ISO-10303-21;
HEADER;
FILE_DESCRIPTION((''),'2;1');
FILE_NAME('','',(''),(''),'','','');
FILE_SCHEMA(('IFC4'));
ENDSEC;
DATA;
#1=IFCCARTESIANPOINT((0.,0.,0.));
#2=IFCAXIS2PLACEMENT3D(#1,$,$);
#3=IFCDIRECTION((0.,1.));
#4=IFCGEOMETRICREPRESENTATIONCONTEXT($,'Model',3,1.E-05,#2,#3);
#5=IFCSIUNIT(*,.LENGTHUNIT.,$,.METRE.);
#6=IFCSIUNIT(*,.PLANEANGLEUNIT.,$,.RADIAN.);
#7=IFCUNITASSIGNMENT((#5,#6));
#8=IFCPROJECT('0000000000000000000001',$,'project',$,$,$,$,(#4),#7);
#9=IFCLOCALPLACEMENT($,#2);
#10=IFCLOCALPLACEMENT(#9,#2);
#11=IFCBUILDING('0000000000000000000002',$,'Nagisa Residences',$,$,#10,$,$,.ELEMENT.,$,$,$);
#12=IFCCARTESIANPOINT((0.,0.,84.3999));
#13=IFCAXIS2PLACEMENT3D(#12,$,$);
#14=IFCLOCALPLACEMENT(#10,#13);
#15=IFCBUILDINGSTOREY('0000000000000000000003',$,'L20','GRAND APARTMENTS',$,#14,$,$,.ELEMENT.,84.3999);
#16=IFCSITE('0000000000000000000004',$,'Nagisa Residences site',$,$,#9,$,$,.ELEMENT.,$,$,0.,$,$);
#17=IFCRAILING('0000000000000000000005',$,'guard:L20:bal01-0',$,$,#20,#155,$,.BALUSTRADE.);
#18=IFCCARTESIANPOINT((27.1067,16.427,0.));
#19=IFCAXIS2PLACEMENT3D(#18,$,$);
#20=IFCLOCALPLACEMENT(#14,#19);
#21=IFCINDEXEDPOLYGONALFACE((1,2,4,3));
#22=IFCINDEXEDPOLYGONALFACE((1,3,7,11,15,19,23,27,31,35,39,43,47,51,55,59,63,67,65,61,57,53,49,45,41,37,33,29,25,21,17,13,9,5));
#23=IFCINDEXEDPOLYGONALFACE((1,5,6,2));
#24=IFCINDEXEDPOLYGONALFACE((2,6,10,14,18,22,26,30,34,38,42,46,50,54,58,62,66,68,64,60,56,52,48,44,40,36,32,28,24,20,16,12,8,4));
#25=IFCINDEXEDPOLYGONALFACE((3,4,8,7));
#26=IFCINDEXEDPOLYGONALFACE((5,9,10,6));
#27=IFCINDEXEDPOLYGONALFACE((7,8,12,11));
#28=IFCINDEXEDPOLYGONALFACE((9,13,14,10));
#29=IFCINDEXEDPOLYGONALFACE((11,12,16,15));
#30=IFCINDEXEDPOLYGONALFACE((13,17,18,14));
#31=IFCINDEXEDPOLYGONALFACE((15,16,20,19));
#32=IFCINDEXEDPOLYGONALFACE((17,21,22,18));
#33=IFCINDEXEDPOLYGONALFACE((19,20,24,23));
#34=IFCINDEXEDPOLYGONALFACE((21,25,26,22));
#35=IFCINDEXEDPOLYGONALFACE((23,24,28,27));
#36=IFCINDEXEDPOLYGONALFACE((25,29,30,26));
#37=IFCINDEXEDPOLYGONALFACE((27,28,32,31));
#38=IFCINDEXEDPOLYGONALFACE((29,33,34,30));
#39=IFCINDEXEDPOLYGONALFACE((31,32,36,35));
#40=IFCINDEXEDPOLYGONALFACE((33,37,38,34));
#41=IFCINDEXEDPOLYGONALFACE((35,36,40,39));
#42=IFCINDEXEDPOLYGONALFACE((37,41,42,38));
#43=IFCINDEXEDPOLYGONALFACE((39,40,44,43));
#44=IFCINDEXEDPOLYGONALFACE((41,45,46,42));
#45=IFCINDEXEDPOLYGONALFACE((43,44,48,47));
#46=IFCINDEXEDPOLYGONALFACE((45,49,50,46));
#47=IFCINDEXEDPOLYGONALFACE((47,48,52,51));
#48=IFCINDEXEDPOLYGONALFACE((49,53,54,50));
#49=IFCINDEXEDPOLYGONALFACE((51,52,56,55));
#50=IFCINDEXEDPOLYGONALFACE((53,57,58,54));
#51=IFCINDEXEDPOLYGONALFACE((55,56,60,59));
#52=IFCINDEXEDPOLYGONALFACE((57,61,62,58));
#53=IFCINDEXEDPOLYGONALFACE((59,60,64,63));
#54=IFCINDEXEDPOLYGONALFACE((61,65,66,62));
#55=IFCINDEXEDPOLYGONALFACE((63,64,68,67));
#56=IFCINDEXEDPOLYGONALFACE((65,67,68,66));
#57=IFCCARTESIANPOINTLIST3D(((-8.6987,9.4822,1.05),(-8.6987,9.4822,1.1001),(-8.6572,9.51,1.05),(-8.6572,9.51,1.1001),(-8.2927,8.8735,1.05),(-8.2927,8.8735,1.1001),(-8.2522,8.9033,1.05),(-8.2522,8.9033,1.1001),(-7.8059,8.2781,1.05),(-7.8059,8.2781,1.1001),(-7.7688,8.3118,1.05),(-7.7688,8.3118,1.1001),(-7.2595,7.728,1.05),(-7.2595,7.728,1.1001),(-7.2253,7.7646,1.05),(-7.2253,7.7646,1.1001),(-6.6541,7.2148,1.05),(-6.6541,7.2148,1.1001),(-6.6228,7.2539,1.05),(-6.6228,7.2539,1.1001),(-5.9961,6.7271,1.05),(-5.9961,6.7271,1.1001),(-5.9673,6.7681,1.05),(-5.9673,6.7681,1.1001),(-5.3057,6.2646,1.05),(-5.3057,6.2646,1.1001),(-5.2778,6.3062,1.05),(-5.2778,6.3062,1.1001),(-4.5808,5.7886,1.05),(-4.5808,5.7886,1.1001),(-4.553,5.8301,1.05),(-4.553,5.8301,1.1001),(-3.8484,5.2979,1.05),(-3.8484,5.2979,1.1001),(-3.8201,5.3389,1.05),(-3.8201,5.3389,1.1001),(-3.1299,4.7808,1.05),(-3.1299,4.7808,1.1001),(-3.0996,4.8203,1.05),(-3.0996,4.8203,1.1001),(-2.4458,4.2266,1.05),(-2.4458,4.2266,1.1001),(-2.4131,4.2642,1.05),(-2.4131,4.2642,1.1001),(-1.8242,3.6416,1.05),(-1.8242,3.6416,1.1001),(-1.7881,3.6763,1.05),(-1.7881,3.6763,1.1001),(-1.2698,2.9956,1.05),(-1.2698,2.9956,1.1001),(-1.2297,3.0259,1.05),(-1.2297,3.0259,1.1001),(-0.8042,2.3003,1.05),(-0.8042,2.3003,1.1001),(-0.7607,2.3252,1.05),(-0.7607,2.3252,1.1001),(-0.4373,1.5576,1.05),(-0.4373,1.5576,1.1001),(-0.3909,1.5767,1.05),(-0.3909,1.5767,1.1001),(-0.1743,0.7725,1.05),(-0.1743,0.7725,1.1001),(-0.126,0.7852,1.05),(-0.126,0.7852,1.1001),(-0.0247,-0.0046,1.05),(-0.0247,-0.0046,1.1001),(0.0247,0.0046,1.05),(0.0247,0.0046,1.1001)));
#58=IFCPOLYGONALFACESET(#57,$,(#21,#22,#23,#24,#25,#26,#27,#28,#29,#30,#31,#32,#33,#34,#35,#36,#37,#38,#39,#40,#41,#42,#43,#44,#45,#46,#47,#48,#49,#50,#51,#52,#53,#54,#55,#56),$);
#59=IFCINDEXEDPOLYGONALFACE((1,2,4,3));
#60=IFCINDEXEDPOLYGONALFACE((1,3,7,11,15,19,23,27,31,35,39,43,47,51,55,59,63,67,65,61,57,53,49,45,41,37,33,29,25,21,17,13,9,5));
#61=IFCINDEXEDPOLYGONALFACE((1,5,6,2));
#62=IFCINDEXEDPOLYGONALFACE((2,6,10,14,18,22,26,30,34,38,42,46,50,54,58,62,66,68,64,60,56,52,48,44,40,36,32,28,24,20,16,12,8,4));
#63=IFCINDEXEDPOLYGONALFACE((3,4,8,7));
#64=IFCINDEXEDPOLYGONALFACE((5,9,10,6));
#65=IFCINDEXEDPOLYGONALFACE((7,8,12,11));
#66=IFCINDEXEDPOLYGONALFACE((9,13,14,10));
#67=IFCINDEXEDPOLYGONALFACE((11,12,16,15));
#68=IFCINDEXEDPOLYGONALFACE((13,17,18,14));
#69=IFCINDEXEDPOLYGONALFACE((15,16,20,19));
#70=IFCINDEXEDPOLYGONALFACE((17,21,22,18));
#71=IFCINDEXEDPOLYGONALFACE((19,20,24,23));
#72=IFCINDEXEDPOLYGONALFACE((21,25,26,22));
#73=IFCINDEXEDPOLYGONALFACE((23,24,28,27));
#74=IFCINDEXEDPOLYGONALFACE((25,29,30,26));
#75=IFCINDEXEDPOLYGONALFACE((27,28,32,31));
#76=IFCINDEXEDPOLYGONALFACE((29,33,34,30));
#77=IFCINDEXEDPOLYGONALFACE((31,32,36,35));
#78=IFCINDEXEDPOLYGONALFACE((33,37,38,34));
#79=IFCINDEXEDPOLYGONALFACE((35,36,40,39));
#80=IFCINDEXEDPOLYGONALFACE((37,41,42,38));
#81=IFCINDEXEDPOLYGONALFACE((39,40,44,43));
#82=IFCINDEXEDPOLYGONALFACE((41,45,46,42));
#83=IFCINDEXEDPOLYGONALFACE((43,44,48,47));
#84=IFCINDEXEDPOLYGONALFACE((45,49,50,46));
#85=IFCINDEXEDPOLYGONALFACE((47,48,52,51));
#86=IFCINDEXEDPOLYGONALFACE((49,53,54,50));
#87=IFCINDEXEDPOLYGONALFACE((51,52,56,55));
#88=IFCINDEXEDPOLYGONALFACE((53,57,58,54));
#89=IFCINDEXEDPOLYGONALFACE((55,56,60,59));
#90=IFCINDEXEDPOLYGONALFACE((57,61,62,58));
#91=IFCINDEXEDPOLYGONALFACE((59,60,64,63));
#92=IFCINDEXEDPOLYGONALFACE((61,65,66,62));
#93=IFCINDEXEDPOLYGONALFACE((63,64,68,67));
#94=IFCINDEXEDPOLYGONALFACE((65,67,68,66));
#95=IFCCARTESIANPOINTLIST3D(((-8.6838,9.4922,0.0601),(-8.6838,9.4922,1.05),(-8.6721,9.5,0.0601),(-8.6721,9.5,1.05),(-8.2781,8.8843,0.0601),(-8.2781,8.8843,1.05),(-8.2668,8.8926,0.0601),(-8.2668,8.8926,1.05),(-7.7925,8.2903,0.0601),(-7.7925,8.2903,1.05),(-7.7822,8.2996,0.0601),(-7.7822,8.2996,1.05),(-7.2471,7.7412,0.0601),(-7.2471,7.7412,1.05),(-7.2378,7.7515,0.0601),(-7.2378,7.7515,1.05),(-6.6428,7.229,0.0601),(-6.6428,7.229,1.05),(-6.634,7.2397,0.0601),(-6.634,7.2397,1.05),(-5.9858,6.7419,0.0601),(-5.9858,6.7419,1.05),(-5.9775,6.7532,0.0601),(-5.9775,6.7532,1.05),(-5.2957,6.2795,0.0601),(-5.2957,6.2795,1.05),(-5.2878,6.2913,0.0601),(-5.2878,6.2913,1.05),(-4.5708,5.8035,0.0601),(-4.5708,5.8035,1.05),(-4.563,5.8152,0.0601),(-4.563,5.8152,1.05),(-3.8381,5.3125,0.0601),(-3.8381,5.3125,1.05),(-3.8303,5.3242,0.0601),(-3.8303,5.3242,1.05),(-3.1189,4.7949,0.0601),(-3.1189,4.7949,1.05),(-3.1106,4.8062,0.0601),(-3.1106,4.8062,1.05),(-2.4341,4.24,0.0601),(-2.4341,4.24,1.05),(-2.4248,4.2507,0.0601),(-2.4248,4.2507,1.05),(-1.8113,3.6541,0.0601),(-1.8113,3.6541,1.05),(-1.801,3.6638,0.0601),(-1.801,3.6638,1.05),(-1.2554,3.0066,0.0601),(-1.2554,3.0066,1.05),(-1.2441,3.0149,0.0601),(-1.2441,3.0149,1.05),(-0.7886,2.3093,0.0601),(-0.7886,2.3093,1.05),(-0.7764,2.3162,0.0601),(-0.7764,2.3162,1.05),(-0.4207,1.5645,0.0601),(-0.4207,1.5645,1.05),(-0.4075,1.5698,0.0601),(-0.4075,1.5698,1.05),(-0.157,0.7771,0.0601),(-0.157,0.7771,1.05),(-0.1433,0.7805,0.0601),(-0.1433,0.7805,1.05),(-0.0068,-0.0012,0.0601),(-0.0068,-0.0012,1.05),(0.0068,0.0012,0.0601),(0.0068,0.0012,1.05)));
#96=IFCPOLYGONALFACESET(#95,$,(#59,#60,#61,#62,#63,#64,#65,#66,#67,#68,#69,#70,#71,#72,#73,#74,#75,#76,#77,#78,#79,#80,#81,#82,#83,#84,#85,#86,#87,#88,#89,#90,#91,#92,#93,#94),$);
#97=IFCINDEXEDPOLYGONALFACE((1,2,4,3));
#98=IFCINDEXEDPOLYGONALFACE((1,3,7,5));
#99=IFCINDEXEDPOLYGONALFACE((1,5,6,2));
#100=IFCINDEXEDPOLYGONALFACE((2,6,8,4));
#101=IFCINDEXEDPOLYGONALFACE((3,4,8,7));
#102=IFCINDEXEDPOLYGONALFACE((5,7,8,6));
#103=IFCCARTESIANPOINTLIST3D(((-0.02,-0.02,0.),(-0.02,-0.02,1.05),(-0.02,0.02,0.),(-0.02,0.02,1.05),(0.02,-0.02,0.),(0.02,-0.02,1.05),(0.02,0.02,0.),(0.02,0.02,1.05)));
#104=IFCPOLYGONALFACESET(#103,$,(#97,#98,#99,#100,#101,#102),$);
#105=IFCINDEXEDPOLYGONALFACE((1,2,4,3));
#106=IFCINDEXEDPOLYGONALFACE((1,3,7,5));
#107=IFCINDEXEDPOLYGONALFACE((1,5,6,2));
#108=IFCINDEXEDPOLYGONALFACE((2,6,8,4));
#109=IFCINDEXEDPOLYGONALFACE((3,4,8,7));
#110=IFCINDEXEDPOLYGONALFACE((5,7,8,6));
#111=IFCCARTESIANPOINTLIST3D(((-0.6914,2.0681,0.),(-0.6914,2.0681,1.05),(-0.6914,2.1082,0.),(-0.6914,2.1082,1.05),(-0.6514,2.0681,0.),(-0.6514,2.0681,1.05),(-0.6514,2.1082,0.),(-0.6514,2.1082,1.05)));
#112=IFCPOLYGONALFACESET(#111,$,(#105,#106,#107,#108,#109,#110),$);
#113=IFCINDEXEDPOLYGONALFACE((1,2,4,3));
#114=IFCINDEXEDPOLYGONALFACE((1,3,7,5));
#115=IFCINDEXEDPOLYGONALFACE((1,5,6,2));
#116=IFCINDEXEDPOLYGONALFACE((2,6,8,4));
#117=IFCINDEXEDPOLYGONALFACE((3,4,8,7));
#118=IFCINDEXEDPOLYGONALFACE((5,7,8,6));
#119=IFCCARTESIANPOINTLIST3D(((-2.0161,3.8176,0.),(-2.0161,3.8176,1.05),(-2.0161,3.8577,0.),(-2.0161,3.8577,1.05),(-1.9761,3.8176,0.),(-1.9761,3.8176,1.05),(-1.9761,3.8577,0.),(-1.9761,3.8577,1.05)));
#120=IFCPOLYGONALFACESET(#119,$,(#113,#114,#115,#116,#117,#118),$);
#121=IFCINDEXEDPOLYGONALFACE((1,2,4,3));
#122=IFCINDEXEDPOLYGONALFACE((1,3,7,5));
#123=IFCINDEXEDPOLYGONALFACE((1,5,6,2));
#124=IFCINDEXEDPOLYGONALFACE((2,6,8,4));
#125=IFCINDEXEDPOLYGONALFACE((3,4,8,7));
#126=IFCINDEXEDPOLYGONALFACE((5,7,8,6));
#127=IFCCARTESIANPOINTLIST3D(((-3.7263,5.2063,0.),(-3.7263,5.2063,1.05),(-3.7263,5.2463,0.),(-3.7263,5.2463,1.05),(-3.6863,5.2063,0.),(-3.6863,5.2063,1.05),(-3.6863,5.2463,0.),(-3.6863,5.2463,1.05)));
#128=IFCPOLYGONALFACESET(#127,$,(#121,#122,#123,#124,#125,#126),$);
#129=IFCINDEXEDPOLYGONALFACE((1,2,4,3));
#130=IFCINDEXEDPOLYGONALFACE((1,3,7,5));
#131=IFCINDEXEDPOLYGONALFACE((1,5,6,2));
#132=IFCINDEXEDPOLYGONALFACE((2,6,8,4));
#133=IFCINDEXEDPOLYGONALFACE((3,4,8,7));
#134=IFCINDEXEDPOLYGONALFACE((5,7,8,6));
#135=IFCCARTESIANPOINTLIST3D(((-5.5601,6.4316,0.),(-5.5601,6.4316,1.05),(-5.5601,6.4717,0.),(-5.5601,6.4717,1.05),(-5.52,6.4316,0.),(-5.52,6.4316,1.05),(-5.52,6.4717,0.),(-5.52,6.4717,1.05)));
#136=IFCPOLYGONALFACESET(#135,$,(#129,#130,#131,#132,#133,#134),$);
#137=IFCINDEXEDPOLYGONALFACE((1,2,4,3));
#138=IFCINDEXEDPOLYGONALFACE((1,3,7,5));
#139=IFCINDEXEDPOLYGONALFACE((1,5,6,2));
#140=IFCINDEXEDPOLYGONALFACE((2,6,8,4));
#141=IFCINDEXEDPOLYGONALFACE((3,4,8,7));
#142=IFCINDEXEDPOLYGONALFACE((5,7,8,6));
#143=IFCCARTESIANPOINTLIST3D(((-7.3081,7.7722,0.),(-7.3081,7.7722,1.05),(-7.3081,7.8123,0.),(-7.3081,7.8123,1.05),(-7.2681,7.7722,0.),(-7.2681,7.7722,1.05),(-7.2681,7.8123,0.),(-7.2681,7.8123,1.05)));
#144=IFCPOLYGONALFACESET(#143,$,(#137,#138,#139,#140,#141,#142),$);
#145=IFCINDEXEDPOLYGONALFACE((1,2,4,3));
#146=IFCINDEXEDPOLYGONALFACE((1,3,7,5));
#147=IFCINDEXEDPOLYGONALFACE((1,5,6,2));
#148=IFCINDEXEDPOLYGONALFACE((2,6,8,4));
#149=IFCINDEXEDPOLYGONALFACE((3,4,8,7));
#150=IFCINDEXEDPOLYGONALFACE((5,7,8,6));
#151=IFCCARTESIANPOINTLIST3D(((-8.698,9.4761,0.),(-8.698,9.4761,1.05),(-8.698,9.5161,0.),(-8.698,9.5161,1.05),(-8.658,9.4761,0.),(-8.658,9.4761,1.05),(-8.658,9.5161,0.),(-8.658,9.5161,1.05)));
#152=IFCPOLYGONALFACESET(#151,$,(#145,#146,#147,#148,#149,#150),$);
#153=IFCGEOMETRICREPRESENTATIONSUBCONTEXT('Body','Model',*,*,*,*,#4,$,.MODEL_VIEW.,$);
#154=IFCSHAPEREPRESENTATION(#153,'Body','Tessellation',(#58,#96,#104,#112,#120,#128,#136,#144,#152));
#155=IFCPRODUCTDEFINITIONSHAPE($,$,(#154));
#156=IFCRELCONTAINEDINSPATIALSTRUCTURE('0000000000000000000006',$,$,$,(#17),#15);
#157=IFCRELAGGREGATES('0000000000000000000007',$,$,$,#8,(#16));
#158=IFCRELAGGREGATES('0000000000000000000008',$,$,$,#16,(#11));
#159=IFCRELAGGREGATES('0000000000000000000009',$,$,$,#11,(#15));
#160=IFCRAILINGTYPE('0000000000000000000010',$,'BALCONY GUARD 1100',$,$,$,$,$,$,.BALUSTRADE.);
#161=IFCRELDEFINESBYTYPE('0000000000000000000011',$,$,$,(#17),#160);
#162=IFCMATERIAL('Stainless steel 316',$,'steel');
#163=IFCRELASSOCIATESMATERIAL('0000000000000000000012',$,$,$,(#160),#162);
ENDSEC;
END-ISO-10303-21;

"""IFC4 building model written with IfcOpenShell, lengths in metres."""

from ifc_helpers import new_model, si_unit, direction, frame, origin, origin_2d, place, context, subcontext, project, spatial, polyline, rectangle, outline, extrude, material, type_object, element, save


model = new_model("IFC4")

# Units and contexts
model_context = context("Model", 3, precision=1e-05, world=origin(), true_north=direction((0.0, 1.0)))
body_context = subcontext(model_context, "Body", "Model", "MODEL_VIEW")
ifc_project = project(units=[si_unit("LENGTHUNIT", "METRE"), si_unit("PLANEANGLEUNIT", "RADIAN")], contexts=[model_context])

# Site, building, storey
site_placement = place(None, origin())
site = spatial("IfcSite", under=ifc_project, at=site_placement, Name="Nagisa Residences site", CompositionType="ELEMENT", RefElevation=0.0)
building_placement = place(site_placement, origin())
building = spatial("IfcBuilding", under=site, at=building_placement, Name="Nagisa Residences", CompositionType="ELEMENT")
storey_placement = place(building_placement, frame((0.0, 0.0, 84.3999)))
storey = spatial("IfcBuildingStorey", under=building, at=storey_placement, Name="L20", Description="GRAND APARTMENTS", CompositionType="ELEMENT", Elevation=84.3999)

# Railing
ifc_material_1 = material(Name="Stainless steel 316", Category="steel")
railing_type = type_object("IfcRailingType", Name="BALCONY GUARD 1100", PredefinedType="BALUSTRADE", material=ifc_material_1)
railing_1_placement = place(storey_placement, frame((27.1067, 16.427, 0.0)))
element("IfcRailing", 1, at=railing_1_placement, inside=storey, type_object=railing_type, Name="guard:L20:bal01-0", PredefinedType="BALUSTRADE", context=body_context, shape_type="SweptSolid", body=[
    extrude(outline(polyline([(-0.1743, 0.7725), (-0.0247, -0.0046), (0.0247, 0.0046), (-0.126, 0.7852), (-0.3909, 1.5767), (-0.7607, 2.3252), (-1.2297, 3.0259), (-1.7881, 3.6763), (-2.4131, 4.2642), (-3.0996, 4.8203), (-3.8201, 5.3389), (-4.553, 5.8301), (-5.2778, 6.3062), (-5.9673, 6.7681), (-6.6228, 7.2539), (-7.2253, 7.7646), (-7.7688, 8.3118), (-8.2522, 8.9033), (-8.6572, 9.51), (-8.6987, 9.4822), (-8.2927, 8.8735), (-7.8059, 8.2781), (-7.2595, 7.728), (-6.6541, 7.2148), (-5.9961, 6.7271), (-5.3057, 6.2646), (-4.5808, 5.7886), (-3.8484, 5.2979), (-3.1299, 4.7808), (-2.4458, 4.2266), (-1.8242, 3.6416), (-1.2698, 2.9956), (-0.8042, 2.3003), (-0.4373, 1.5576), (-0.1743, 0.7725)])), frame((0.0, 0.0, 1.05)), (0.0, 0.0, 1.0), 0.05),
    extrude(outline(polyline([(-0.157, 0.7771), (-0.0068, -0.0012), (0.0068, 0.0012), (-0.1433, 0.7805), (-0.4075, 1.5698), (-0.7764, 2.3162), (-1.2441, 3.0149), (-1.801, 3.6638), (-2.4248, 4.2507), (-3.1106, 4.8062), (-3.8303, 5.3242), (-4.563, 5.8152), (-5.2878, 6.2913), (-5.9775, 6.7532), (-6.634, 7.2397), (-7.2378, 7.7515), (-7.7822, 8.2996), (-8.2668, 8.8926), (-8.6721, 9.5), (-8.6838, 9.4922), (-8.2781, 8.8843), (-7.7925, 8.2903), (-7.2471, 7.7412), (-6.6428, 7.229), (-5.9858, 6.7419), (-5.2957, 6.2795), (-4.5708, 5.8035), (-3.8381, 5.3125), (-3.1189, 4.7949), (-2.4341, 4.24), (-1.8113, 3.6541), (-1.2554, 3.0066), (-0.7886, 2.3093), (-0.4207, 1.5645), (-0.157, 0.7771)])), frame((0.0, 0.0, 0.0601)), (0.0, 0.0, 1.0), 0.99),
    extrude(rectangle(XDim=0.04, YDim=0.04, at=origin_2d()), origin(), (0.0, 0.0, 1.0), 1.05),
    extrude(rectangle(XDim=0.04, YDim=0.04, at=origin_2d()), frame((-0.6714, 2.0881, 0.0)), (0.0, 0.0, 1.0), 1.05),
    extrude(rectangle(XDim=0.04, YDim=0.04, at=origin_2d()), frame((-1.9961, 3.8376, 0.0)), (0.0, 0.0, 1.0), 1.05),
    extrude(rectangle(XDim=0.04, YDim=0.04, at=origin_2d()), frame((-3.7063, 5.2263, 0.0)), (0.0, 0.0, 1.0), 1.05),
    extrude(rectangle(XDim=0.04, YDim=0.04, at=origin_2d()), frame((-5.54, 6.4517, 0.0)), (0.0, 0.0, 1.0), 1.05),
    extrude(rectangle(XDim=0.04, YDim=0.04, at=origin_2d()), frame((-7.2881, 7.7922, 0.0)), (0.0, 0.0, 1.0), 1.05),
    extrude(rectangle(XDim=0.04, YDim=0.04, at=origin_2d()), frame((-8.678, 9.4961, 0.0)), (0.0, 0.0, 1.0), 1.05),
])

save(model, "model.ifc")
